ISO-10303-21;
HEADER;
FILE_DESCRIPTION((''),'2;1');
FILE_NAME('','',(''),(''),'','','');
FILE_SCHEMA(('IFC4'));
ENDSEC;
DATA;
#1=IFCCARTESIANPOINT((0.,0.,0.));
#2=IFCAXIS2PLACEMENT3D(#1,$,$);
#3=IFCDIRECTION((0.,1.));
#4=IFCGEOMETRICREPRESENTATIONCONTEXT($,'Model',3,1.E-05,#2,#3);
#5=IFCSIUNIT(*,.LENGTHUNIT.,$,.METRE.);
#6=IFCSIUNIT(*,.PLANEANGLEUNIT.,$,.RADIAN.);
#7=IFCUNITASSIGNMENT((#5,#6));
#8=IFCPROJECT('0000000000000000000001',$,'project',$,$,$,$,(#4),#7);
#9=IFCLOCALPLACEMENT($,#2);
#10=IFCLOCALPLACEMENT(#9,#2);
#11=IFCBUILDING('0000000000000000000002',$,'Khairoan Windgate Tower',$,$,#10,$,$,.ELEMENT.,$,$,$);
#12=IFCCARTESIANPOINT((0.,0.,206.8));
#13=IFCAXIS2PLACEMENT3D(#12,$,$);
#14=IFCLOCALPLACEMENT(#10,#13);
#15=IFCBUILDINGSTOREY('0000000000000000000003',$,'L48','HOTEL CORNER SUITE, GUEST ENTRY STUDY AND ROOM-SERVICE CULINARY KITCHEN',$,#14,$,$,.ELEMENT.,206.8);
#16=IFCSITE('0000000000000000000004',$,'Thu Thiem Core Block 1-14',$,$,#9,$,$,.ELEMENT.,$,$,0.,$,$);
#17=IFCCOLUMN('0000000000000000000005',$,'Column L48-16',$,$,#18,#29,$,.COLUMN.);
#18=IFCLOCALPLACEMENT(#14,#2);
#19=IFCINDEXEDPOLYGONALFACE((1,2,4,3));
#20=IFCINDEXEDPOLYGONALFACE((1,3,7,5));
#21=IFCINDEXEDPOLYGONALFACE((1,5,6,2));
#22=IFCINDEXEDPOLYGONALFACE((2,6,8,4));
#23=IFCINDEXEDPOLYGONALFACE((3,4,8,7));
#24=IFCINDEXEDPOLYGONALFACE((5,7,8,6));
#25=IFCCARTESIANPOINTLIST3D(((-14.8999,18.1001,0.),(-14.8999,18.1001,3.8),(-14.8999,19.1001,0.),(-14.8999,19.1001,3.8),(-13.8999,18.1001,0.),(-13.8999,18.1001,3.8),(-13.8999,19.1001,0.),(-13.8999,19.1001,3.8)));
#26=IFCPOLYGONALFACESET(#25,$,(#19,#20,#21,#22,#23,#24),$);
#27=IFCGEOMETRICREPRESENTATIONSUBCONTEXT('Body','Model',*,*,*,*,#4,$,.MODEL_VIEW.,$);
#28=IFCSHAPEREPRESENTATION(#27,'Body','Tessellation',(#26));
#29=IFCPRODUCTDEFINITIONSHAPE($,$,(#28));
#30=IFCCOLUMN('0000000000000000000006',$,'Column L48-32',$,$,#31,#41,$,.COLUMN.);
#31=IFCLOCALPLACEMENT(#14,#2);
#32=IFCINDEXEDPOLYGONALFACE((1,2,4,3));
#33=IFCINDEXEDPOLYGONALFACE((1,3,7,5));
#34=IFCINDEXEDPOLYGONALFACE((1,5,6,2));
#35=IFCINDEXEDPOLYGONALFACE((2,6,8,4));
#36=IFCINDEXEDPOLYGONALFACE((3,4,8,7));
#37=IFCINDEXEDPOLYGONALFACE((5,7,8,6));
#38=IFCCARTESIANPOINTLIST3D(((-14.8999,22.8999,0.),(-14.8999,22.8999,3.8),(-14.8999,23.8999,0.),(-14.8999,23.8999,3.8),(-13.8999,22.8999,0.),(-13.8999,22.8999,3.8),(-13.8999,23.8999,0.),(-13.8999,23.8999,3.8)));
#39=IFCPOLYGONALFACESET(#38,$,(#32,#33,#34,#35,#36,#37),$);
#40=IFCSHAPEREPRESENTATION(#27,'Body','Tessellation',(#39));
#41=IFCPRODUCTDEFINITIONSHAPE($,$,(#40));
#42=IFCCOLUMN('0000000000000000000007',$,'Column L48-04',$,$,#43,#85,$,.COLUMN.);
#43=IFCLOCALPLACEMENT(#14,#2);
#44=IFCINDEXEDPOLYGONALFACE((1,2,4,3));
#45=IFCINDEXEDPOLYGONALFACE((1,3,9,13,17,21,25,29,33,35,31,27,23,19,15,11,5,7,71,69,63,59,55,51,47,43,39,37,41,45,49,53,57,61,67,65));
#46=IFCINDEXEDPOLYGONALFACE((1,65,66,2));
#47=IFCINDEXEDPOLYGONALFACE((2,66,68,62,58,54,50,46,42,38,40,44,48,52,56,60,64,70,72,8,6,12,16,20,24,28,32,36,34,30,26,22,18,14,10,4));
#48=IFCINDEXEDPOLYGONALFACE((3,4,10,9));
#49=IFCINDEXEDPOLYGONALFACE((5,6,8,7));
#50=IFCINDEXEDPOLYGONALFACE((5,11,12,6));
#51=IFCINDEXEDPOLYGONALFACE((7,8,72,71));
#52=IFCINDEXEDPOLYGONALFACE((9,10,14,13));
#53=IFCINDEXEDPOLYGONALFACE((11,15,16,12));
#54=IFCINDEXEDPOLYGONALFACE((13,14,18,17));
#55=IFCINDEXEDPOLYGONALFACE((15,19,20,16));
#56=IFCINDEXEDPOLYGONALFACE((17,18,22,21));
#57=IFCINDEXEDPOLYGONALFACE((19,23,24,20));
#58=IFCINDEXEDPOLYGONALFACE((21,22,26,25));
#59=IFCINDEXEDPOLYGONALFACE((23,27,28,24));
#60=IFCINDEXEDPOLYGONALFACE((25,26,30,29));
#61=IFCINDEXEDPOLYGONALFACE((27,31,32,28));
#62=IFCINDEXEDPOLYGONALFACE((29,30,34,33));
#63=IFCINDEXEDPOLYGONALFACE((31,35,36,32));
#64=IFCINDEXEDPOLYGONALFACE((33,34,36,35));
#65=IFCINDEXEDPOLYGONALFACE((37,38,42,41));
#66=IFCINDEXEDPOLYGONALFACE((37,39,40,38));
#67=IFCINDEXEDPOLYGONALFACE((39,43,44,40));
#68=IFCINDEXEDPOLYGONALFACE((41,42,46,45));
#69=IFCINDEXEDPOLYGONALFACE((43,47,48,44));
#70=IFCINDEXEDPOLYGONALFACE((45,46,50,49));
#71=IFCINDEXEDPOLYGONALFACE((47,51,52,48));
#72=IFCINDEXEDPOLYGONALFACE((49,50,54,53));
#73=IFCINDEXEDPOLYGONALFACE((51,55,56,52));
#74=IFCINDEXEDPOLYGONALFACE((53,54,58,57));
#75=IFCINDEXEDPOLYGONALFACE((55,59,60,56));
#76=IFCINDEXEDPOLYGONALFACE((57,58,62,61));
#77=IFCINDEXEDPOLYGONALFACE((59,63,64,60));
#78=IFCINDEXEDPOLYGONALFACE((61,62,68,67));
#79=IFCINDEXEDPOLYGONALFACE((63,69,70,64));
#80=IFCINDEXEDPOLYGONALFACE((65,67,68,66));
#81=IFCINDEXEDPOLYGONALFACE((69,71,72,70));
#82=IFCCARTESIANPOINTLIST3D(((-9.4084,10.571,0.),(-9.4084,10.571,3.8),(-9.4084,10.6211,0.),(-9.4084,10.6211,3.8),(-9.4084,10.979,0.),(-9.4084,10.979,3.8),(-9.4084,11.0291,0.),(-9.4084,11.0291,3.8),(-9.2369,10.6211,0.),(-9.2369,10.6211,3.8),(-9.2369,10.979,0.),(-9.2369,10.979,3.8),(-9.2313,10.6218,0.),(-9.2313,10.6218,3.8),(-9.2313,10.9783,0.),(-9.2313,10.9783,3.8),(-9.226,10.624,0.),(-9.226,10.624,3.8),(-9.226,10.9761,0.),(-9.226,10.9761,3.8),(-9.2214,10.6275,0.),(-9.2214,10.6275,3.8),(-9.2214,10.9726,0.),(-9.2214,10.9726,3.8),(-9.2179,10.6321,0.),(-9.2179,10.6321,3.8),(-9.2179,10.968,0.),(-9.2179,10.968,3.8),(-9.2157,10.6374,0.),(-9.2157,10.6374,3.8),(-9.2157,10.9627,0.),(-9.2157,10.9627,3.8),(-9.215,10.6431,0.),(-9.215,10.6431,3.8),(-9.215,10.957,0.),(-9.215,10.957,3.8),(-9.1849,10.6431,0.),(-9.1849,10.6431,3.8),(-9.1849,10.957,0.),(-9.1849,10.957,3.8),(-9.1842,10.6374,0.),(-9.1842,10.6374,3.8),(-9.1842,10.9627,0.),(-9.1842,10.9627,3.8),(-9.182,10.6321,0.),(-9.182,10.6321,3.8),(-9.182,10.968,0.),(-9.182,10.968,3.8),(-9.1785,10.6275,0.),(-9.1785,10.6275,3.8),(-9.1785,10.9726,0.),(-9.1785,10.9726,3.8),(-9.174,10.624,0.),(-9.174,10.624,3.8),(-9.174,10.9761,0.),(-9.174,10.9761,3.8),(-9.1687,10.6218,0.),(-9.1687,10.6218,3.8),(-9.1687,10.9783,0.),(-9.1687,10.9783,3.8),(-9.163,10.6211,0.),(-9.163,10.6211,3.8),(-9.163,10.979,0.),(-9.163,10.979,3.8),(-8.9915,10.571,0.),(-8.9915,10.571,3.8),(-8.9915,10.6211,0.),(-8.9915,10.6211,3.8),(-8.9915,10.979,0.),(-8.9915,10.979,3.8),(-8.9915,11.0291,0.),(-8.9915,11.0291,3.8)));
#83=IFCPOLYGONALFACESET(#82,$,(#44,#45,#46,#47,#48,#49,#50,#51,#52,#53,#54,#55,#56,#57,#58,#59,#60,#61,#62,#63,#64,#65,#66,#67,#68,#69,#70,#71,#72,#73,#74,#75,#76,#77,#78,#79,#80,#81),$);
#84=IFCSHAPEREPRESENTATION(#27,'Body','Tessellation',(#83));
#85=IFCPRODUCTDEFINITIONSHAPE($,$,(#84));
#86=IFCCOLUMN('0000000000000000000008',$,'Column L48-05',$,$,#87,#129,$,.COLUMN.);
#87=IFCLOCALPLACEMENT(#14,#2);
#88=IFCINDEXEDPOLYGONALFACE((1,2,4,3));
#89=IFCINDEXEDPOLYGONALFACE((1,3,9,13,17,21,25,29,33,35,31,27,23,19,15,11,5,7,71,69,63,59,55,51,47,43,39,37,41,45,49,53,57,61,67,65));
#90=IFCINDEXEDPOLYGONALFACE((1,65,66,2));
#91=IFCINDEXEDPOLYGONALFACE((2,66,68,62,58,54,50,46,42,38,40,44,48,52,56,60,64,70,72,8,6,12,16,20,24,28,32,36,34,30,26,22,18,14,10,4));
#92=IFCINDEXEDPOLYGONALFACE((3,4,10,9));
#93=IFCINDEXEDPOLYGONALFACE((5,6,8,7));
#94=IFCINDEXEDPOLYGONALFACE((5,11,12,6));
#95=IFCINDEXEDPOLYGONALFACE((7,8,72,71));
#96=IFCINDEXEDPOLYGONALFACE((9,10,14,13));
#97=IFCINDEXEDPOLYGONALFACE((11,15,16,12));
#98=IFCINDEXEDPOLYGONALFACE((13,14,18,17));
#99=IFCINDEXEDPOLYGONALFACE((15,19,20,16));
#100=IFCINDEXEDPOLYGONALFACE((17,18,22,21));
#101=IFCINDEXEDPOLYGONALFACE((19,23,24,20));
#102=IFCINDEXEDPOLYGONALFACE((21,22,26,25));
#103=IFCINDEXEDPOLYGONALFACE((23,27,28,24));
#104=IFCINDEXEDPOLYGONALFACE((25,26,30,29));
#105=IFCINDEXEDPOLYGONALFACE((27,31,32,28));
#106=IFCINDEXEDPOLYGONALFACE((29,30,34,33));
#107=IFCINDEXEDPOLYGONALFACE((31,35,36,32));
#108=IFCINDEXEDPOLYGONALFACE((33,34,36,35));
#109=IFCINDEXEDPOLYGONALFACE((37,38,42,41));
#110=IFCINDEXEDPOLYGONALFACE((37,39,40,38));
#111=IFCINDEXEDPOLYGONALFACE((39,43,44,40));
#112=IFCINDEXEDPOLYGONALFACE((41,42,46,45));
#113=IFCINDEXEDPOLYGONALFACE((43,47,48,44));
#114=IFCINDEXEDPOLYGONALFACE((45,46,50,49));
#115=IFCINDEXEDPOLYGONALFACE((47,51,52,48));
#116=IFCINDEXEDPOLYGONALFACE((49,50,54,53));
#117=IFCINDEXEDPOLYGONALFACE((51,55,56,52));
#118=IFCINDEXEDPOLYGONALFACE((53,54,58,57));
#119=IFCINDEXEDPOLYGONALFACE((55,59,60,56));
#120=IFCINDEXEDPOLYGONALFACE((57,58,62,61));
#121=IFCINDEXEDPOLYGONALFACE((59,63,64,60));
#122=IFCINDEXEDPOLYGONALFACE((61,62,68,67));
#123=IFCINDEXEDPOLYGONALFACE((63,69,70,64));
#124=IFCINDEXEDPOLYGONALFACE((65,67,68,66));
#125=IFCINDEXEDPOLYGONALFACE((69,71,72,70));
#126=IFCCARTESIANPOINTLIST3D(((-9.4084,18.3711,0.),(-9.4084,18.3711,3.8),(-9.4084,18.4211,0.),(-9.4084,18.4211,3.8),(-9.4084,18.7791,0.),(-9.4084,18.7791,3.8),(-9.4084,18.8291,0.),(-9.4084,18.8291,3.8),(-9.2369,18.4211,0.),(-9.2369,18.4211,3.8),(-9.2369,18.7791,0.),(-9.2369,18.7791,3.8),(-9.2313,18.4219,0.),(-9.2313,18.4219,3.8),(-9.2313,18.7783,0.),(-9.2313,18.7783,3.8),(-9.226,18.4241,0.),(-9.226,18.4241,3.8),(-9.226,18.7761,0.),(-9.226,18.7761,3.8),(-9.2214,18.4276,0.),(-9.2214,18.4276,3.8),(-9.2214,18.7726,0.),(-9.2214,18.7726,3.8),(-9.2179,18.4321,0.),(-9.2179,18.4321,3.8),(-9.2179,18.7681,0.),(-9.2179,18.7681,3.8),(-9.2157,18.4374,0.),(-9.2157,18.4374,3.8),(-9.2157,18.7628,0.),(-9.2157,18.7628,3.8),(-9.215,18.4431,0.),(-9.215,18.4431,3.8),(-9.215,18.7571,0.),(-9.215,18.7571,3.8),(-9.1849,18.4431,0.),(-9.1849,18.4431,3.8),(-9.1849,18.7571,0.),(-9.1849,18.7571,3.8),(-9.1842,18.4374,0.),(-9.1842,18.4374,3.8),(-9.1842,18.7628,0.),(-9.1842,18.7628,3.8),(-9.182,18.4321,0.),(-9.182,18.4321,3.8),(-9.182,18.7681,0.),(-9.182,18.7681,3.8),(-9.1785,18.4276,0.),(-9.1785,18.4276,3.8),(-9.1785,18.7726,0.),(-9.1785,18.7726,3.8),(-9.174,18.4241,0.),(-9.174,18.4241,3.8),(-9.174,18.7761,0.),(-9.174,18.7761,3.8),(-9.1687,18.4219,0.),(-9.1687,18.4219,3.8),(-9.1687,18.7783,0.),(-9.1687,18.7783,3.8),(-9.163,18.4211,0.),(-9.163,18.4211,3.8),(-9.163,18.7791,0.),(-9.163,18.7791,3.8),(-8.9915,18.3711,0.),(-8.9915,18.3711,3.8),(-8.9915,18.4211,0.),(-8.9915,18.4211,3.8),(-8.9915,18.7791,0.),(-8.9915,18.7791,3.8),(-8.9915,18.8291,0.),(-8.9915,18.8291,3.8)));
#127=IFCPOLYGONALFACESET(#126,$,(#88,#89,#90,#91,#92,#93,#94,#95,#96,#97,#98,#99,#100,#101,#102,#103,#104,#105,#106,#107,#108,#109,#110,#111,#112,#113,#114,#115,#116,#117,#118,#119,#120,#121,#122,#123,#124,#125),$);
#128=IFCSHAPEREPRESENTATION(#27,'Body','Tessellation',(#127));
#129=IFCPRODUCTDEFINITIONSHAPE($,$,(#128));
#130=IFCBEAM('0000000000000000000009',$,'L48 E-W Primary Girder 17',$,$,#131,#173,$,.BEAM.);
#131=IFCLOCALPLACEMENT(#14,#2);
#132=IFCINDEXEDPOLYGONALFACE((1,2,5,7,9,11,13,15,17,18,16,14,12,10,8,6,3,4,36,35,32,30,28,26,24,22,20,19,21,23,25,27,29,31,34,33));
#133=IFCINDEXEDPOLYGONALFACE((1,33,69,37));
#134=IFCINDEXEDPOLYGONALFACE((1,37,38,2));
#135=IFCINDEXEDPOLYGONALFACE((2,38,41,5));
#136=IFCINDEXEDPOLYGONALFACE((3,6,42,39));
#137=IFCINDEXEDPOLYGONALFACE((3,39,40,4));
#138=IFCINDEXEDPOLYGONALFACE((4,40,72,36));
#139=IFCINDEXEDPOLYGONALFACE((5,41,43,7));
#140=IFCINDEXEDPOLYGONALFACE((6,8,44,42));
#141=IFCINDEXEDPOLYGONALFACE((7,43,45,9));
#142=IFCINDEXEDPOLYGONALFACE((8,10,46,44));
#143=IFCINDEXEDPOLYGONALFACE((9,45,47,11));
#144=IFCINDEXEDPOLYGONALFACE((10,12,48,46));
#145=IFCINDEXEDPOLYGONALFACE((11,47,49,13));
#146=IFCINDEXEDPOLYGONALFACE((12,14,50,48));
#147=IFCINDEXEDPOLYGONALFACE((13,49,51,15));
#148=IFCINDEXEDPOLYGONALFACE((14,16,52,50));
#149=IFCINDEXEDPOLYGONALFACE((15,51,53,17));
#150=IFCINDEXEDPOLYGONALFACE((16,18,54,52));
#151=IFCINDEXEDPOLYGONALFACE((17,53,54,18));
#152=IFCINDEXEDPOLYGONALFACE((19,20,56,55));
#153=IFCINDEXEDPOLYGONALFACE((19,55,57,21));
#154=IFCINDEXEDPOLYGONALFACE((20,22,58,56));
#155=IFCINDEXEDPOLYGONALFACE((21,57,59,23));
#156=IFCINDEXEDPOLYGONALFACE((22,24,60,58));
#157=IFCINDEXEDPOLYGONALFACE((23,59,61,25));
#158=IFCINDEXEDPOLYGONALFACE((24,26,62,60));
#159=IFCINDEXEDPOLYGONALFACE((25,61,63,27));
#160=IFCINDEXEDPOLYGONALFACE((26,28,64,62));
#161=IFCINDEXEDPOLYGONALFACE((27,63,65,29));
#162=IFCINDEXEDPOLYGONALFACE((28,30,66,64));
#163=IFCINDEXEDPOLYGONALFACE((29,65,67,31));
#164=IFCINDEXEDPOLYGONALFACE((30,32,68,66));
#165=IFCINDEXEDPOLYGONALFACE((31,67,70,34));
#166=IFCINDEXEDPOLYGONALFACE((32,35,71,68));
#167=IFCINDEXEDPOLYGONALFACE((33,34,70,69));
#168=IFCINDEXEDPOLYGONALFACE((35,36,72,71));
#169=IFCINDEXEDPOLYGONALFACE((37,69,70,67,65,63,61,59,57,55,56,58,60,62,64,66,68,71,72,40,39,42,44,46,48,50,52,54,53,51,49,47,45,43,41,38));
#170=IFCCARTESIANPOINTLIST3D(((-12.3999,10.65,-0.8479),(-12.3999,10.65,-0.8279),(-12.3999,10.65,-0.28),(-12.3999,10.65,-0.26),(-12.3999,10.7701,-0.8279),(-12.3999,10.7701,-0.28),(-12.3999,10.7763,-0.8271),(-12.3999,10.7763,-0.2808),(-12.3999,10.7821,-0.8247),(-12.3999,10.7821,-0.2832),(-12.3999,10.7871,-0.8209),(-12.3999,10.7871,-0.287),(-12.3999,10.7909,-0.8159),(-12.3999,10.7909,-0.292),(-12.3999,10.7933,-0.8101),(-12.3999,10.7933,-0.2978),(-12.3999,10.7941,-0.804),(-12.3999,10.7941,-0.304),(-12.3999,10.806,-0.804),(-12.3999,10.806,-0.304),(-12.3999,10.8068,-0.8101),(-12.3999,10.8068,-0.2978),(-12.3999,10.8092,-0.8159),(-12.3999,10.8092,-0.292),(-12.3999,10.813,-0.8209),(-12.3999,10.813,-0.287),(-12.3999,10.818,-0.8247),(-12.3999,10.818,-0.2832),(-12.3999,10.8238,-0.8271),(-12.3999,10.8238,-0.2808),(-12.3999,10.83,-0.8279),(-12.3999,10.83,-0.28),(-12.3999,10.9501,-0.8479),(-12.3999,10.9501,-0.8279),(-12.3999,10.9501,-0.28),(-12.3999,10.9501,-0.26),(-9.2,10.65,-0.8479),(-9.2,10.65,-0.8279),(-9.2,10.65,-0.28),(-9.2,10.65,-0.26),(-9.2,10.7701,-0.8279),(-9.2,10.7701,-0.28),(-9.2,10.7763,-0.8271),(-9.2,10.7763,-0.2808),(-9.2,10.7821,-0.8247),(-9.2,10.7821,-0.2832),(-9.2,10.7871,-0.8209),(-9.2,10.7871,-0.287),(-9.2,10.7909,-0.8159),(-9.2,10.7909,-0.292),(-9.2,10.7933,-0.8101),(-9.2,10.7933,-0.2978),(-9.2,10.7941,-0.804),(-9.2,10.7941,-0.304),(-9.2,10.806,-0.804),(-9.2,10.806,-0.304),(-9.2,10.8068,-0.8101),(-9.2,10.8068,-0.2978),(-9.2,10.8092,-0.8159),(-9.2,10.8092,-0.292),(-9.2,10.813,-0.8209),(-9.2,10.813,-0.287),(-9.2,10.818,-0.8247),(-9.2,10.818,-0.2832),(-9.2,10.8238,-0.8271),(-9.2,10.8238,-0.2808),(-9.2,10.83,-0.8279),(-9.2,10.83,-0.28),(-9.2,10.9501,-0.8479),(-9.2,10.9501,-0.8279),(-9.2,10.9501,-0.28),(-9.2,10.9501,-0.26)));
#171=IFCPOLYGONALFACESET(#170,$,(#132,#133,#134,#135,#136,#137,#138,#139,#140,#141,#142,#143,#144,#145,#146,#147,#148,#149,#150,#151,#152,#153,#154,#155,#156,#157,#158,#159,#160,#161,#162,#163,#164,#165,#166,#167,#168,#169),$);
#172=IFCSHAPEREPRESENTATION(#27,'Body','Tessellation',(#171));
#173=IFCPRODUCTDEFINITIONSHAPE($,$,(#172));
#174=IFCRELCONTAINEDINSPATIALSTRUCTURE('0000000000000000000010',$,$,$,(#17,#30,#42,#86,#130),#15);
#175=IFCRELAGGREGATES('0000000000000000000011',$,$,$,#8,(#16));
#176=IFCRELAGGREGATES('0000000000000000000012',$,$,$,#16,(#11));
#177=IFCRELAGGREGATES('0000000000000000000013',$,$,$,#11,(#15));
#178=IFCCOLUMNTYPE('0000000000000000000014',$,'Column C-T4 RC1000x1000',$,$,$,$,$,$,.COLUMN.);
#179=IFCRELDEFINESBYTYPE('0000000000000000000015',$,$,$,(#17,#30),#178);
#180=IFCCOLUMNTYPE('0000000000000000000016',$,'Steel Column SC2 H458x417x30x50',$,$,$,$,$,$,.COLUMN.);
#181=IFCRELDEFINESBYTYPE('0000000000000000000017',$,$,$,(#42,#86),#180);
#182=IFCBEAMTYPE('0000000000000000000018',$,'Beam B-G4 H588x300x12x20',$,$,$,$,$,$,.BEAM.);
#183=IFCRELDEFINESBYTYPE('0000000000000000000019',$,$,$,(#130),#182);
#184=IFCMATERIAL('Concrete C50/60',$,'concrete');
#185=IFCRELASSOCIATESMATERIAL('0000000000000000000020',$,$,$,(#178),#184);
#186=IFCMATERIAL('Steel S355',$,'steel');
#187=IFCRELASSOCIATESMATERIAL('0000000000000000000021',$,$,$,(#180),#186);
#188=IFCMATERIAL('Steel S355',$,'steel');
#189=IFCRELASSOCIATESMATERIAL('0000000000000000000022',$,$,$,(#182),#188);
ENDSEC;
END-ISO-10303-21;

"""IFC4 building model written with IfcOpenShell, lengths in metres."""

from ifc_helpers import new_model, si_unit, direction, frame, origin, origin_2d, place, context, subcontext, project, spatial, rectangle, i_section, extrude, material, material_profile, profile_set, type_object, element, save


model = new_model("IFC4")

# Units and contexts
model_context = context("Model", 3, precision=1e-05, world=origin(), true_north=direction((0.0, 1.0)))
body_context = subcontext(model_context, "Body", "Model", "MODEL_VIEW")
ifc_project = project(units=[si_unit("LENGTHUNIT", "METRE"), si_unit("PLANEANGLEUNIT", "RADIAN")], contexts=[model_context])

# Site, building, storey
site_placement = place(None, origin())
site = spatial("IfcSite", under=ifc_project, at=site_placement, Name="Thu Thiem Core Block 1-14", CompositionType="ELEMENT", RefElevation=0.0)
building_placement = place(site_placement, origin())
building = spatial("IfcBuilding", under=site, at=building_placement, Name="Khairoan Windgate Tower", CompositionType="ELEMENT")
storey_placement = place(building_placement, frame((0.0, 0.0, 206.8)))
storey = spatial("IfcBuildingStorey", under=building, at=storey_placement, Name="L48", Description="HOTEL CORNER SUITE, GUEST ENTRY STUDY AND ROOM-SERVICE CULINARY KITCHEN", CompositionType="ELEMENT", Elevation=206.8)

# Columns
ifc_material_1 = material(Name="Concrete C50/60", Category="concrete")
ifc_material_profile_1 = material_profile(ifc_material_1, rectangle(XDim=1.0, YDim=1.0, at=origin_2d()))
ifc_profile_set_1 = profile_set([ifc_material_profile_1], Name="Concrete C50/60")
column_type_1 = type_object("IfcColumnType", Name="Column C-T4 RC1000x1000", PredefinedType="COLUMN", material=ifc_profile_set_1)
for number, where, z_axis, x_axis, name in (
    (1, (-14.3999, 18.6001, 0.0), (0.0, 0.0, 1.0), (1.0, 0.0, 0.0), "Column L48-16"),
    (2, (-14.3999, 23.3999, 0.0), (0.0, 0.0, 1.0), (1.0, 0.0, 0.0), "Column L48-32"),
):
    element("IfcColumn", number, at=place(storey_placement, frame(where, z_axis=z_axis, x_axis=x_axis)), inside=storey, type_object=column_type_1, Name=name, PredefinedType="COLUMN", context=body_context, shape_type="SweptSolid", body=[
        extrude(rectangle(XDim=1.0, YDim=1.0, at=origin_2d()), origin(), (0.0, 0.0, 1.0), 3.8),
    ])
ifc_material_2 = material(Name="Steel S355", Category="steel")
ifc_material_profile_2 = material_profile(ifc_material_2, i_section(OverallWidth=0.417, OverallDepth=0.458, WebThickness=0.03, FlangeThickness=0.05, FilletRadius=0.022, at=origin_2d()))
ifc_profile_set_2 = profile_set([ifc_material_profile_2], Name="Steel S355")
column_type_2 = type_object("IfcColumnType", Name="Steel Column SC2 H458x417x30x50", PredefinedType="COLUMN", material=ifc_profile_set_2)
for number, where, z_axis, x_axis, name in (
    (3, (-9.2, 10.8, 0.0), (0.0, 0.0, 1.0), (1.0, 0.0, 0.0), "Column L48-04"),
    (4, (-9.2, 18.6001, 0.0), (0.0, 0.0, 1.0), (1.0, 0.0, 0.0), "Column L48-05"),
):
    element("IfcColumn", number, at=place(storey_placement, frame(where, z_axis=z_axis, x_axis=x_axis)), inside=storey, type_object=column_type_2, Name=name, PredefinedType="COLUMN", context=body_context, shape_type="SweptSolid", body=[
        extrude(i_section(OverallWidth=0.417, OverallDepth=0.458, WebThickness=0.03, FlangeThickness=0.05, FilletRadius=0.022, at=origin_2d()), origin(), (0.0, 0.0, 1.0), 3.8),
    ])

# Beam
ifc_material_3 = material(Name="Steel S355", Category="steel")
ifc_material_profile_3 = material_profile(ifc_material_3, i_section(OverallWidth=0.3, OverallDepth=0.5879, WebThickness=0.012, FlangeThickness=0.02, FilletRadius=0.0239, at=origin_2d()))
ifc_profile_set_3 = profile_set([ifc_material_profile_3], Name="Steel S355")
beam_type_1 = type_object("IfcBeamType", Name="Beam B-G4 H588x300x12x20", PredefinedType="BEAM", material=ifc_profile_set_3)
beam_1_placement = place(storey_placement, frame((-12.3999, 10.8, -0.554), z_axis=(1.0, 0.0, 0.0), x_axis=(0.0, 1.0, 0.0)))
element("IfcBeam", 5, at=beam_1_placement, inside=storey, type_object=beam_type_1, Name="L48 E-W Primary Girder 17", PredefinedType="BEAM", context=body_context, shape_type="SweptSolid", body=[
    extrude(i_section(OverallWidth=0.3, OverallDepth=0.5879, WebThickness=0.012, FlangeThickness=0.02, FilletRadius=0.0239, at=origin_2d()), origin(), (0.0, 0.0, 1.0), 3.2),
])

save(model, "model.ifc")
